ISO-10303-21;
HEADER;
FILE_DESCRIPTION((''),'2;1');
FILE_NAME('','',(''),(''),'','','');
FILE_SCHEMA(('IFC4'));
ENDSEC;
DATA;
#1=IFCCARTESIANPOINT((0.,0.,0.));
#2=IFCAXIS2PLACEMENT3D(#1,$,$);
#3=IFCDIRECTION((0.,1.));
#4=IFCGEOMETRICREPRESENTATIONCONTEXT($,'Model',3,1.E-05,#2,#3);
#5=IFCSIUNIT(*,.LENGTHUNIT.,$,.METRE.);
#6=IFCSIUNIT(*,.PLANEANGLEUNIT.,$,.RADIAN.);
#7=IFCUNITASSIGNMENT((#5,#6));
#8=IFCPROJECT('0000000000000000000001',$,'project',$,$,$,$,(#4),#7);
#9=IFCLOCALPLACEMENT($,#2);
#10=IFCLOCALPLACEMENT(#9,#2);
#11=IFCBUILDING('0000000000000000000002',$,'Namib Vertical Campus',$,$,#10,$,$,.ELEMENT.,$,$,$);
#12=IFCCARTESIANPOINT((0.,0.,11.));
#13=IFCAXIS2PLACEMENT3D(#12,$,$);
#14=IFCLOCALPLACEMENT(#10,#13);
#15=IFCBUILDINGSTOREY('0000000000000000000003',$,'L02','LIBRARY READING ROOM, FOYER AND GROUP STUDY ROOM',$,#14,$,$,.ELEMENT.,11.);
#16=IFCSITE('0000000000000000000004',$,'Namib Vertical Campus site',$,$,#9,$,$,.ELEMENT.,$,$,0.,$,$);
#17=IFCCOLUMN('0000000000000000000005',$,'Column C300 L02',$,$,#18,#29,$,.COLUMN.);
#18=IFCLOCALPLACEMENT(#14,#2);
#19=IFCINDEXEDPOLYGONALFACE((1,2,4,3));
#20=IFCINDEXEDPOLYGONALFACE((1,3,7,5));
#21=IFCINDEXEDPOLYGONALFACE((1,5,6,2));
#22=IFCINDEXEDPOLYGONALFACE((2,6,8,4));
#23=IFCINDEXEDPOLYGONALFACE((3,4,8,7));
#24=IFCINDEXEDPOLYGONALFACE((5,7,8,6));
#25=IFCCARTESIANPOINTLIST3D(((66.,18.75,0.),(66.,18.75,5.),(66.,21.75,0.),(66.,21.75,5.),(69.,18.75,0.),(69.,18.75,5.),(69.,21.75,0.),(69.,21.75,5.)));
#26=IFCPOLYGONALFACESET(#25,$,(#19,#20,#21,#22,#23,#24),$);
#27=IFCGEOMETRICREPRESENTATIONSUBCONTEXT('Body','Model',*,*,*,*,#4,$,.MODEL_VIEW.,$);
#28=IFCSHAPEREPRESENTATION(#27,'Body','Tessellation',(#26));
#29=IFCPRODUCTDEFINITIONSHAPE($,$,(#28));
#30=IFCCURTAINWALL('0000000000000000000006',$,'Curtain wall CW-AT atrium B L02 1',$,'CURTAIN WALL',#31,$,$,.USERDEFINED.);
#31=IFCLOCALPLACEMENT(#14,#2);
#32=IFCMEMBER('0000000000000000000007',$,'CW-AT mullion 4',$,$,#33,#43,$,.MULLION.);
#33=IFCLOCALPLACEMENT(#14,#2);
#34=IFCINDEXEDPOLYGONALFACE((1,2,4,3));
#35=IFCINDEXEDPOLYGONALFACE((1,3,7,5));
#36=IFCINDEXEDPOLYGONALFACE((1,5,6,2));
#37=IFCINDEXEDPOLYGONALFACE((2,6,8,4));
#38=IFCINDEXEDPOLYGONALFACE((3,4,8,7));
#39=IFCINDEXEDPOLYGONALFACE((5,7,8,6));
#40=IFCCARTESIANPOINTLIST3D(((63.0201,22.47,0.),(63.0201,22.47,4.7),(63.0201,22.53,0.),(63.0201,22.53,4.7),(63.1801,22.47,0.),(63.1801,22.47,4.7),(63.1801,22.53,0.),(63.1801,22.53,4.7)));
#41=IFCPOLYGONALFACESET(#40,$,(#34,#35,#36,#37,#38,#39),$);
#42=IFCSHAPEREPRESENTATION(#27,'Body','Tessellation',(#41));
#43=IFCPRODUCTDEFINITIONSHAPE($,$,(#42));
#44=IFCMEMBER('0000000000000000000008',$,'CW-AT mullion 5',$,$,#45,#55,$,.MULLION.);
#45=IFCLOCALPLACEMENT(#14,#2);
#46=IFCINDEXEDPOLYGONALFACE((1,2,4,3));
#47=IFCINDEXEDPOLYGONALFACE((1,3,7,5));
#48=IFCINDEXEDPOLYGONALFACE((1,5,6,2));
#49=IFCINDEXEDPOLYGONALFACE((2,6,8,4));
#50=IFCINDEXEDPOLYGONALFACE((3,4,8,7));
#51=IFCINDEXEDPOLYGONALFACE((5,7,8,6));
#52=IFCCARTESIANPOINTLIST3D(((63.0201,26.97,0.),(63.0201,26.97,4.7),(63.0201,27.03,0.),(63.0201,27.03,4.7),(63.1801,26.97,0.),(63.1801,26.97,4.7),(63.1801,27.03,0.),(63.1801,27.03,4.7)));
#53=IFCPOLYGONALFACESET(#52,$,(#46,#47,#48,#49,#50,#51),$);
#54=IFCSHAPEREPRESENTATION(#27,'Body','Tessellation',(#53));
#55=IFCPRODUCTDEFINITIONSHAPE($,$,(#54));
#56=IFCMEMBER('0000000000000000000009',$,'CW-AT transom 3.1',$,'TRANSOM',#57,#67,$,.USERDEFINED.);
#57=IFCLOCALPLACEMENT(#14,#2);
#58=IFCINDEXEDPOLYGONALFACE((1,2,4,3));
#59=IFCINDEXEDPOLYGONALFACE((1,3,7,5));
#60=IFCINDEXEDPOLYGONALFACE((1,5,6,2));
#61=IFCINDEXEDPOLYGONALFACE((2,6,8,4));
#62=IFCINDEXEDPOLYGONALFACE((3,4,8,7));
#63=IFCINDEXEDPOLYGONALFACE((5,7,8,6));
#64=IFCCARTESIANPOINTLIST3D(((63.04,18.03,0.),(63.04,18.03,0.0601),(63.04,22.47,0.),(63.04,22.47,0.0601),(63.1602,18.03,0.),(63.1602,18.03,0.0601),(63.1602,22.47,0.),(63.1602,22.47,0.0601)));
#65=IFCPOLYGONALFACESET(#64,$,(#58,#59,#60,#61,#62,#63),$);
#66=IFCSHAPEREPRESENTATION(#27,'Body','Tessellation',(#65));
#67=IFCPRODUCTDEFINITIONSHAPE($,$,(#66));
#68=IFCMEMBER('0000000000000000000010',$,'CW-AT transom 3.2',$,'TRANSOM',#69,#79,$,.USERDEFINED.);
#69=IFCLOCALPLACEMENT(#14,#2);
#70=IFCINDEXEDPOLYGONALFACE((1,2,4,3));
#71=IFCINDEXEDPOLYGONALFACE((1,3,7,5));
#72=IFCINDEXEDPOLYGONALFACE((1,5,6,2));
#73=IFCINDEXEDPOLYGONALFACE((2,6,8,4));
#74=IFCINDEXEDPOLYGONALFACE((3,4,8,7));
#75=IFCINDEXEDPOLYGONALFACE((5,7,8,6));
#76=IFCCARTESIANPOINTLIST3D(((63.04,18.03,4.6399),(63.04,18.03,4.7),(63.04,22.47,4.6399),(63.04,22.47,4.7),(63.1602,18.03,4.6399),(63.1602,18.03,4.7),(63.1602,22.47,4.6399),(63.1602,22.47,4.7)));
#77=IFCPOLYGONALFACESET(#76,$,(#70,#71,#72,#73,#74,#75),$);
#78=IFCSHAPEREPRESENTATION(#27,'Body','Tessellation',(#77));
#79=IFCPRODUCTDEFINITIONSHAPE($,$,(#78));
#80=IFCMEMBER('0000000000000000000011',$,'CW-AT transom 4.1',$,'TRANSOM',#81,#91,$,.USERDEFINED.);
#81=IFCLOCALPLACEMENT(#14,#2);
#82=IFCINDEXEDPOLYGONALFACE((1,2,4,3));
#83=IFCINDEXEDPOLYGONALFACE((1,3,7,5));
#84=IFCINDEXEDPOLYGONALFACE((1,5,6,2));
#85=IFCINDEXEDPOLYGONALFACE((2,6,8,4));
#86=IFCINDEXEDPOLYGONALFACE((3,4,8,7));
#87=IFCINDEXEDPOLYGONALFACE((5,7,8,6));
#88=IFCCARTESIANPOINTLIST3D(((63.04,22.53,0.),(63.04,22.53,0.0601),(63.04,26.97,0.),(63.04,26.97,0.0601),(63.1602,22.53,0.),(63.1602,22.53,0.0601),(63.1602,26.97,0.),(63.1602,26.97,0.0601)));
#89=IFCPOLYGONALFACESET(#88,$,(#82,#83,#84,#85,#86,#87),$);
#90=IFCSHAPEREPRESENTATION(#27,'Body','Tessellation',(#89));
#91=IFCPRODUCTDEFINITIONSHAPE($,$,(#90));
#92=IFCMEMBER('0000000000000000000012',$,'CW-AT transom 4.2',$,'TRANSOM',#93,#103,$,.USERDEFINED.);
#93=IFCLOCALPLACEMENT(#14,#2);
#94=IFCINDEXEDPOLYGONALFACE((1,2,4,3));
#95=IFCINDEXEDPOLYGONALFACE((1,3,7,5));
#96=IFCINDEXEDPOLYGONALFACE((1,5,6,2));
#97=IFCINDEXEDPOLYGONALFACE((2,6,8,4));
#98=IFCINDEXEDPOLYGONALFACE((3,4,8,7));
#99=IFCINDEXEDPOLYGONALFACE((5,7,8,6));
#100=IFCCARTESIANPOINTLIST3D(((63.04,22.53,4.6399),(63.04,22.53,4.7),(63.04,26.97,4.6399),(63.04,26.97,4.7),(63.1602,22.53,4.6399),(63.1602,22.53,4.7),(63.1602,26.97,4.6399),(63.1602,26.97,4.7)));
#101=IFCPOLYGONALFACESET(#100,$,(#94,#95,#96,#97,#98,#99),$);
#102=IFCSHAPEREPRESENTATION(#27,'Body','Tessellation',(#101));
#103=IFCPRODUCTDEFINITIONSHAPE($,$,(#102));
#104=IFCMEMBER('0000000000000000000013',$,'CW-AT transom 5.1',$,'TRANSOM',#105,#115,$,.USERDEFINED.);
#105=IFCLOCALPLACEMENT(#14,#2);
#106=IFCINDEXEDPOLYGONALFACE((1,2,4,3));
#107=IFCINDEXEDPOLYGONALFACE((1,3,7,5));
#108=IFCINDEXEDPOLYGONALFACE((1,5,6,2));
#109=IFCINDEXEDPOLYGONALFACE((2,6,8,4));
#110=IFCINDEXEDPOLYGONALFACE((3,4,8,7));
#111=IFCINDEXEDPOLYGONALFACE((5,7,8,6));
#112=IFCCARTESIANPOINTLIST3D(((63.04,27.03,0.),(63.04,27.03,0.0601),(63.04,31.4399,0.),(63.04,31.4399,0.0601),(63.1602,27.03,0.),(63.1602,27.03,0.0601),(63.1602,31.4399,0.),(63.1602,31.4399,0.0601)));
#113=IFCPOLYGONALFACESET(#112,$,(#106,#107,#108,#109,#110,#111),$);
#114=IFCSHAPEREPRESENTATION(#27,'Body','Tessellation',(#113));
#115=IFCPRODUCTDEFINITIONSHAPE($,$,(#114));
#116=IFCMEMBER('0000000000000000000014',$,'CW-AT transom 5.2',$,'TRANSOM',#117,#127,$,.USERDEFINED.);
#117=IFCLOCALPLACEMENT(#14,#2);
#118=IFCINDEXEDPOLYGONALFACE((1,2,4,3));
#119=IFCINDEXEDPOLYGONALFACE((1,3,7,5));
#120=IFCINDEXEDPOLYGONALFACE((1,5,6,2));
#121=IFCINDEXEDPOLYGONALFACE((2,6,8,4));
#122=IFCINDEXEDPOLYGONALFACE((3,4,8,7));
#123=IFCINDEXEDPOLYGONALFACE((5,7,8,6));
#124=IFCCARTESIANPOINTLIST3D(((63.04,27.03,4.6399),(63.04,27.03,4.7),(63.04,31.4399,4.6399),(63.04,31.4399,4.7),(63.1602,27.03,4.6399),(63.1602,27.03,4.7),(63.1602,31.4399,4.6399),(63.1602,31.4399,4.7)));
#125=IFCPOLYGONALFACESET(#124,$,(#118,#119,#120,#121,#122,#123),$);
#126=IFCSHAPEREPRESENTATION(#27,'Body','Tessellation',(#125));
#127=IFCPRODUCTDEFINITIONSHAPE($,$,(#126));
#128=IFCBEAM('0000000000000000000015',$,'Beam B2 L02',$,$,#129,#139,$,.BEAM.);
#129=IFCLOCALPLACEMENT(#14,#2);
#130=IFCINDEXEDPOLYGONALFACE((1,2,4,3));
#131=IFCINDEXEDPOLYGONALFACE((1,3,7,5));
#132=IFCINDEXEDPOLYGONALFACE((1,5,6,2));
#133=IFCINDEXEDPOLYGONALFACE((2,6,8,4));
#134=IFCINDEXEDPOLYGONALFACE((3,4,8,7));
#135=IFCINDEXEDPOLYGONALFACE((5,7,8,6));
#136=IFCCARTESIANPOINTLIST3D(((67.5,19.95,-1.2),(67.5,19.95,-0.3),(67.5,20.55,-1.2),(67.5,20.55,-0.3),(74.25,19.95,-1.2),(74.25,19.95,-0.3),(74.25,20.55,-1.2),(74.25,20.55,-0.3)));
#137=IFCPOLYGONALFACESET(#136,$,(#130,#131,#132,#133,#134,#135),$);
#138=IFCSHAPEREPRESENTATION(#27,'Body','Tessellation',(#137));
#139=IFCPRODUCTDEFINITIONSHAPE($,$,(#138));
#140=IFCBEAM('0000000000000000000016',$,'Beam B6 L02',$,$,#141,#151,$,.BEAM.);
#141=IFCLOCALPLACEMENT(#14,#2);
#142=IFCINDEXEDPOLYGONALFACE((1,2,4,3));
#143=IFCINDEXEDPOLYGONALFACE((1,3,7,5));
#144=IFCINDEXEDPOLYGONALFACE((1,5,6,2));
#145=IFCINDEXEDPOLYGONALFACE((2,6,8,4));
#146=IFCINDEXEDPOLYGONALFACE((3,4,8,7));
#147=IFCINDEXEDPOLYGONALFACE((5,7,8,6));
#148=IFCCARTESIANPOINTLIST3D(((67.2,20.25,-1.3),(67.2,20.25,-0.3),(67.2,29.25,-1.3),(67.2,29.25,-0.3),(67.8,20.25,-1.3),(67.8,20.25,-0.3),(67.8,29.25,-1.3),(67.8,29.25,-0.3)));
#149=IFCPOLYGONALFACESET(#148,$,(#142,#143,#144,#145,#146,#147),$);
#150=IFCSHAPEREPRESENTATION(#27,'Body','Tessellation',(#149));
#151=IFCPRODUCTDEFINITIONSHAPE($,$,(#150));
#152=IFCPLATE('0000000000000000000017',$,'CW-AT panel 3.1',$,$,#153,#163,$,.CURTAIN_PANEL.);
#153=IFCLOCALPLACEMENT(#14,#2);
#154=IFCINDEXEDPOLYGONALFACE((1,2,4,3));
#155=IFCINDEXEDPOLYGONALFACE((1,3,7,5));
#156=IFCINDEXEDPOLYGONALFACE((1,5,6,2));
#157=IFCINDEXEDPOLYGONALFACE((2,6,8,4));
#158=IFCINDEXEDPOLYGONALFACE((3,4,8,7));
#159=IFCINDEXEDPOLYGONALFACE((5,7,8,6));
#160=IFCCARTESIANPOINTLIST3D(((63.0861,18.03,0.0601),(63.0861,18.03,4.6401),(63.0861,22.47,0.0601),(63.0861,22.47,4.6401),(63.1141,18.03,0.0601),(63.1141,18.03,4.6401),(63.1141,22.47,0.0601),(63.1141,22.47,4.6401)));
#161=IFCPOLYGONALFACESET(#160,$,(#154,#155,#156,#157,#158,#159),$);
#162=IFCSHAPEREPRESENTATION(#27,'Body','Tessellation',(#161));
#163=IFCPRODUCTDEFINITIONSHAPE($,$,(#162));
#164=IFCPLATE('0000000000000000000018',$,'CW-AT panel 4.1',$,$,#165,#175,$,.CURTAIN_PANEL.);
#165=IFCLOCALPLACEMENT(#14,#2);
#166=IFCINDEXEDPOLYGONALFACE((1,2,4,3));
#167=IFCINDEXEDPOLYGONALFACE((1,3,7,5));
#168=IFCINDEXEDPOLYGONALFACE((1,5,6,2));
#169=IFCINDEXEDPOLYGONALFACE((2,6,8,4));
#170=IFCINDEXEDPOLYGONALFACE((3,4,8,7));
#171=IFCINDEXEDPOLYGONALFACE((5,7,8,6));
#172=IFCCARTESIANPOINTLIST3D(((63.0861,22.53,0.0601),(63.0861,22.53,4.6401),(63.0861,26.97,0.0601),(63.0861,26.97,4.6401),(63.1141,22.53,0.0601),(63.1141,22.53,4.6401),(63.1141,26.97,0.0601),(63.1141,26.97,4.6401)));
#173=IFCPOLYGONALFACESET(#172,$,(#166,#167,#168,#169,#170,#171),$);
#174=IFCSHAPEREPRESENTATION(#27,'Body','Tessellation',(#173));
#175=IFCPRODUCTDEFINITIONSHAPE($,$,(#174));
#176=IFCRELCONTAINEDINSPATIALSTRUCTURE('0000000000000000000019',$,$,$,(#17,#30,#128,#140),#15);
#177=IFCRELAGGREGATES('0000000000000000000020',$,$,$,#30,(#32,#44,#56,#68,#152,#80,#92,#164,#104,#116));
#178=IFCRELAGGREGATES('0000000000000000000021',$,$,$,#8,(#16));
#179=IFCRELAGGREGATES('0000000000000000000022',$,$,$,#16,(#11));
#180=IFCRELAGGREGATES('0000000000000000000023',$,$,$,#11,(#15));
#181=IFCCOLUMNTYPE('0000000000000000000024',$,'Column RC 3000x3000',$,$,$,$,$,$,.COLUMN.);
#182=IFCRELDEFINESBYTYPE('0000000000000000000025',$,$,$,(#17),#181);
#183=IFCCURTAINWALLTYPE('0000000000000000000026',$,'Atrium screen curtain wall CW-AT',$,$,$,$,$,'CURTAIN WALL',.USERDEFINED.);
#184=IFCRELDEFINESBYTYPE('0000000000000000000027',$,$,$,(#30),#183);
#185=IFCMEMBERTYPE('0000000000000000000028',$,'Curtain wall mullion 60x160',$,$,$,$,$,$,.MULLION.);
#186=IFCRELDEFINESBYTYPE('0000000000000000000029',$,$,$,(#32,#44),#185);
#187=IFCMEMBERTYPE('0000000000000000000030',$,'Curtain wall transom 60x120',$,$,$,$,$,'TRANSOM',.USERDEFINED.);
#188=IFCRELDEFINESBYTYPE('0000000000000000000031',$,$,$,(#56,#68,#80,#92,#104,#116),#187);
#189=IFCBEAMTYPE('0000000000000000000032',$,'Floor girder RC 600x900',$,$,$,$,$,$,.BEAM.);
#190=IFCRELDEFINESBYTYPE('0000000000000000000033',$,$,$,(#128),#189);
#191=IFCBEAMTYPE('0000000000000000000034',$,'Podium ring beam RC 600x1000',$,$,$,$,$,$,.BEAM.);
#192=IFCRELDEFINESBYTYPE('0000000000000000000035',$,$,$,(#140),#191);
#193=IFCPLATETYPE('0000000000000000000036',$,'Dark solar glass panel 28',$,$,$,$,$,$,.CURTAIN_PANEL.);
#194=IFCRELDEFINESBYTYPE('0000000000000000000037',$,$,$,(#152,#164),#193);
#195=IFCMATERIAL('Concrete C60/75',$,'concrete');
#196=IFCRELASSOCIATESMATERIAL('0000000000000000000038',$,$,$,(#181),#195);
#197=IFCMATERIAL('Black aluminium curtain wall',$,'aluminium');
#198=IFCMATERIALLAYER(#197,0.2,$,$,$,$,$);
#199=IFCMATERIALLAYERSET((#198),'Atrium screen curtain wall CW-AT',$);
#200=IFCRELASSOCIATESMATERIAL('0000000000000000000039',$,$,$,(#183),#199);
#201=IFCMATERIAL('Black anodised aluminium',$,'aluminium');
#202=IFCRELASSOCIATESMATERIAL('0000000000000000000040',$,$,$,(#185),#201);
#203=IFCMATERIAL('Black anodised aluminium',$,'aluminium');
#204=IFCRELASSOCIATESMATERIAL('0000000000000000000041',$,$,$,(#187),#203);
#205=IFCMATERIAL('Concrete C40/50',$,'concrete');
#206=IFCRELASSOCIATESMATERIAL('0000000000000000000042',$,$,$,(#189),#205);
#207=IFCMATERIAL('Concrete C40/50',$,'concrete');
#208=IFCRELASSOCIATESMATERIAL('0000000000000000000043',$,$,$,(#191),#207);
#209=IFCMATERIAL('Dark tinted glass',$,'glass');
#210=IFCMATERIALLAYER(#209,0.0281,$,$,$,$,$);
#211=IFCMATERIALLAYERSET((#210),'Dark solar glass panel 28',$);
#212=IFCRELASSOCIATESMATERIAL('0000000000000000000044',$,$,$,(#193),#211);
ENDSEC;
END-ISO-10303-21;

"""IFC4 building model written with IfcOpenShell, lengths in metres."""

from ifc_helpers import new_model, si_unit, direction, frame, origin, origin_2d, place, context, subcontext, project, spatial, rectangle, extrude, material, layer, layer_set, material_profile, profile_set, type_object, element, aggregate, save


model = new_model("IFC4")

# Units and contexts
model_context = context("Model", 3, precision=1e-05, world=origin(), true_north=direction((0.0, 1.0)))
body_context = subcontext(model_context, "Body", "Model", "MODEL_VIEW")
ifc_project = project(units=[si_unit("LENGTHUNIT", "METRE"), si_unit("PLANEANGLEUNIT", "RADIAN")], contexts=[model_context])

# Site, building, storey
site_placement = place(None, origin())
site = spatial("IfcSite", under=ifc_project, at=site_placement, Name="Namib Vertical Campus site", CompositionType="ELEMENT", RefElevation=0.0)
building_placement = place(site_placement, origin())
building = spatial("IfcBuilding", under=site, at=building_placement, Name="Namib Vertical Campus", CompositionType="ELEMENT")
storey_placement = place(building_placement, frame((0.0, 0.0, 11.0)))
storey = spatial("IfcBuildingStorey", under=building, at=storey_placement, Name="L02", Description="LIBRARY READING ROOM, FOYER AND GROUP STUDY ROOM", CompositionType="ELEMENT", Elevation=11.0)

# Column
ifc_material_1 = material(Name="Concrete C60/75", Category="concrete")
ifc_material_profile_1 = material_profile(ifc_material_1, rectangle(XDim=3.0, YDim=3.0, at=origin_2d()))
ifc_profile_set_1 = profile_set([ifc_material_profile_1], Name="Concrete C60/75")
column_type = type_object("IfcColumnType", Name="Column RC 3000x3000", PredefinedType="COLUMN", material=ifc_profile_set_1)
column_placement = place(storey_placement, frame((67.5, 20.25, 0.0), z_axis=(0.0, 0.0, 1.0), x_axis=(1.0, 0.0, 0.0)))
element("IfcColumn", 1, at=column_placement, inside=storey, type_object=column_type, Name="Column C300 L02", PredefinedType="COLUMN", context=body_context, shape_type="SweptSolid", body=[
    extrude(rectangle(XDim=3.0, YDim=3.0, at=origin_2d()), origin(), (0.0, 0.0, 1.0), 5.0),
])

# Curtain wall, members
ifc_material_2 = material(Name="Black aluminium curtain wall", Category="aluminium")
ifc_layer_1 = layer(ifc_material_2, 0.2)
ifc_layer_set_1 = layer_set([ifc_layer_1], Name="Atrium screen curtain wall CW-AT")
curtain_wall_type = type_object("IfcCurtainWallType", Name="Atrium screen curtain wall CW-AT", ElementType="CURTAIN WALL", PredefinedType="USERDEFINED", material=ifc_layer_set_1)
curtain_wall_placement = place(storey_placement, origin())
curtain_wall = element("IfcCurtainWall", 2, at=curtain_wall_placement, inside=storey, type_object=curtain_wall_type, Name="Curtain wall CW-AT atrium B L02 1", ObjectType="CURTAIN WALL", PredefinedType="USERDEFINED")
ifc_material_3 = material(Name="Black anodised aluminium", Category="aluminium")
ifc_material_profile_2 = material_profile(ifc_material_3, rectangle(XDim=0.0601, YDim=0.1599, at=origin_2d()))
ifc_profile_set_2 = profile_set([ifc_material_profile_2], Name="Black anodised aluminium")
member_type_1 = type_object("IfcMemberType", Name="Curtain wall mullion 60x160", PredefinedType="MULLION", material=ifc_profile_set_2)
member_1_placement = place(storey_placement, frame((63.1001, 22.5, 0.0), z_axis=(0.0, 0.0, 1.0), x_axis=(0.0, 1.0, 0.0)))
member_1 = element("IfcMember", 3, at=member_1_placement, type_object=member_type_1, Name="CW-AT mullion 4", PredefinedType="MULLION", context=body_context, shape_type="SweptSolid", body=[
    extrude(rectangle(XDim=0.0601, YDim=0.1599, at=origin_2d()), origin(), (0.0, 0.0, 1.0), 4.7),
])
member_2_placement = place(storey_placement, frame((63.1001, 27.0, 0.0), z_axis=(0.0, 0.0, 1.0), x_axis=(0.0, 1.0, 0.0)))
member_2 = element("IfcMember", 4, at=member_2_placement, type_object=member_type_1, Name="CW-AT mullion 5", PredefinedType="MULLION", context=body_context, shape_type="SweptSolid", body=[
    extrude(rectangle(XDim=0.0601, YDim=0.1599, at=origin_2d()), origin(), (0.0, 0.0, 1.0), 4.7),
])
ifc_material_4 = material(Name="Black anodised aluminium", Category="aluminium")
ifc_material_profile_3 = material_profile(ifc_material_4, rectangle(XDim=0.0601, YDim=0.1201, at=origin_2d()))
ifc_profile_set_3 = profile_set([ifc_material_profile_3], Name="Black anodised aluminium")
member_type_2 = type_object("IfcMemberType", Name="Curtain wall transom 60x120", ElementType="TRANSOM", PredefinedType="USERDEFINED", material=ifc_profile_set_3)
member_3_placement = place(storey_placement, frame((63.1001, 18.03, 0.03), z_axis=(0.0, 1.0, 0.0), x_axis=(0.0, 0.0, 1.0)))
member_3 = element("IfcMember", 5, at=member_3_placement, type_object=member_type_2, Name="CW-AT transom 3.1", ObjectType="TRANSOM", PredefinedType="USERDEFINED", context=body_context, shape_type="SweptSolid", body=[
    extrude(rectangle(XDim=0.0601, YDim=0.1201, at=origin_2d()), origin(), (0.0, 0.0, 1.0), 4.4399),
])
member_4_placement = place(storey_placement, frame((63.1001, 18.03, 4.6699), z_axis=(0.0, 1.0, 0.0), x_axis=(0.0, 0.0, 1.0)))
member_4 = element("IfcMember", 6, at=member_4_placement, type_object=member_type_2, Name="CW-AT transom 3.2", ObjectType="TRANSOM", PredefinedType="USERDEFINED", context=body_context, shape_type="SweptSolid", body=[
    extrude(rectangle(XDim=0.0601, YDim=0.1201, at=origin_2d()), origin(), (0.0, 0.0, 1.0), 4.4399),
])
member_5_placement = place(storey_placement, frame((63.1001, 22.53, 0.03), z_axis=(0.0, 1.0, 0.0), x_axis=(0.0, 0.0, 1.0)))
member_5 = element("IfcMember", 7, at=member_5_placement, type_object=member_type_2, Name="CW-AT transom 4.1", ObjectType="TRANSOM", PredefinedType="USERDEFINED", context=body_context, shape_type="SweptSolid", body=[
    extrude(rectangle(XDim=0.0601, YDim=0.1201, at=origin_2d()), origin(), (0.0, 0.0, 1.0), 4.4399),
])
member_6_placement = place(storey_placement, frame((63.1001, 22.53, 4.6699), z_axis=(0.0, 1.0, 0.0), x_axis=(0.0, 0.0, 1.0)))
member_6 = element("IfcMember", 8, at=member_6_placement, type_object=member_type_2, Name="CW-AT transom 4.2", ObjectType="TRANSOM", PredefinedType="USERDEFINED", context=body_context, shape_type="SweptSolid", body=[
    extrude(rectangle(XDim=0.0601, YDim=0.1201, at=origin_2d()), origin(), (0.0, 0.0, 1.0), 4.4399),
])
member_7_placement = place(storey_placement, frame((63.1001, 27.03, 0.03), z_axis=(0.0, 1.0, 0.0), x_axis=(0.0, 0.0, 1.0)))
member_7 = element("IfcMember", 9, at=member_7_placement, type_object=member_type_2, Name="CW-AT transom 5.1", ObjectType="TRANSOM", PredefinedType="USERDEFINED", context=body_context, shape_type="SweptSolid", body=[
    extrude(rectangle(XDim=0.0601, YDim=0.1201, at=origin_2d()), origin(), (0.0, 0.0, 1.0), 4.4099),
])
member_8_placement = place(storey_placement, frame((63.1001, 27.03, 4.6699), z_axis=(0.0, 1.0, 0.0), x_axis=(0.0, 0.0, 1.0)))
member_8 = element("IfcMember", 10, at=member_8_placement, type_object=member_type_2, Name="CW-AT transom 5.2", ObjectType="TRANSOM", PredefinedType="USERDEFINED", context=body_context, shape_type="SweptSolid", body=[
    extrude(rectangle(XDim=0.0601, YDim=0.1201, at=origin_2d()), origin(), (0.0, 0.0, 1.0), 4.4099),
])

# Beams
ifc_material_5 = material(Name="Concrete C40/50", Category="concrete")
ifc_material_profile_4 = material_profile(ifc_material_5, rectangle(XDim=0.6001, YDim=0.8999, at=origin_2d()))
ifc_profile_set_4 = profile_set([ifc_material_profile_4], Name="Concrete C40/50")
beam_type_1 = type_object("IfcBeamType", Name="Floor girder RC 600x900", PredefinedType="BEAM", material=ifc_profile_set_4)
beam_1_placement = place(storey_placement, frame((67.5, 20.25, -0.75), z_axis=(1.0, 0.0, 0.0), x_axis=(0.0, 1.0, 0.0)))
element("IfcBeam", 11, at=beam_1_placement, inside=storey, type_object=beam_type_1, Name="Beam B2 L02", PredefinedType="BEAM", context=body_context, shape_type="SweptSolid", body=[
    extrude(rectangle(XDim=0.6001, YDim=0.8999, at=origin_2d()), origin(), (0.0, 0.0, 1.0), 6.75),
])
ifc_material_6 = material(Name="Concrete C40/50", Category="concrete")
ifc_material_profile_5 = material_profile(ifc_material_6, rectangle(XDim=0.6001, YDim=1.0, at=origin_2d()))
ifc_profile_set_5 = profile_set([ifc_material_profile_5], Name="Concrete C40/50")
beam_type_2 = type_object("IfcBeamType", Name="Podium ring beam RC 600x1000", PredefinedType="BEAM", material=ifc_profile_set_5)
beam_2_placement = place(storey_placement, frame((67.5, 20.25, -0.8), z_axis=(0.0, 1.0, 0.0), x_axis=(-1.0, 0.0, 0.0)))
element("IfcBeam", 12, at=beam_2_placement, inside=storey, type_object=beam_type_2, Name="Beam B6 L02", PredefinedType="BEAM", context=body_context, shape_type="SweptSolid", body=[
    extrude(rectangle(XDim=0.6001, YDim=1.0, at=origin_2d()), origin(), (0.0, 0.0, 1.0), 9.0),
])

# Plates
ifc_material_7 = material(Name="Dark tinted glass", Category="glass")
ifc_layer_2 = layer(ifc_material_7, 0.0281)
ifc_layer_set_2 = layer_set([ifc_layer_2], Name="Dark solar glass panel 28")
plate_type = type_object("IfcPlateType", Name="Dark solar glass panel 28", PredefinedType="CURTAIN_PANEL", material=ifc_layer_set_2)
plate_1_placement = place(storey_placement, frame((63.1001, 20.25, 0.0601), z_axis=(0.0, 0.0, 1.0), x_axis=(0.0, 1.0, 0.0)))
plate_1 = element("IfcPlate", 13, at=plate_1_placement, type_object=plate_type, Name="CW-AT panel 3.1", PredefinedType="CURTAIN_PANEL", context=body_context, shape_type="SweptSolid", body=[
    extrude(rectangle(XDim=4.4399, YDim=0.0281, at=origin_2d()), origin(), (0.0, 0.0, 1.0), 4.5801),
])
plate_2_placement = place(storey_placement, frame((63.1001, 24.75, 0.0601), z_axis=(0.0, 0.0, 1.0), x_axis=(0.0, 1.0, 0.0)))
plate_2 = element("IfcPlate", 14, at=plate_2_placement, type_object=plate_type, Name="CW-AT panel 4.1", PredefinedType="CURTAIN_PANEL", context=body_context, shape_type="SweptSolid", body=[
    extrude(rectangle(XDim=4.4399, YDim=0.0281, at=origin_2d()), origin(), (0.0, 0.0, 1.0), 4.5801),
])
aggregate(curtain_wall, [member_1, member_2, member_3, member_4, plate_1, member_5, member_6, plate_2, member_7, member_8])

save(model, "model.ifc")
